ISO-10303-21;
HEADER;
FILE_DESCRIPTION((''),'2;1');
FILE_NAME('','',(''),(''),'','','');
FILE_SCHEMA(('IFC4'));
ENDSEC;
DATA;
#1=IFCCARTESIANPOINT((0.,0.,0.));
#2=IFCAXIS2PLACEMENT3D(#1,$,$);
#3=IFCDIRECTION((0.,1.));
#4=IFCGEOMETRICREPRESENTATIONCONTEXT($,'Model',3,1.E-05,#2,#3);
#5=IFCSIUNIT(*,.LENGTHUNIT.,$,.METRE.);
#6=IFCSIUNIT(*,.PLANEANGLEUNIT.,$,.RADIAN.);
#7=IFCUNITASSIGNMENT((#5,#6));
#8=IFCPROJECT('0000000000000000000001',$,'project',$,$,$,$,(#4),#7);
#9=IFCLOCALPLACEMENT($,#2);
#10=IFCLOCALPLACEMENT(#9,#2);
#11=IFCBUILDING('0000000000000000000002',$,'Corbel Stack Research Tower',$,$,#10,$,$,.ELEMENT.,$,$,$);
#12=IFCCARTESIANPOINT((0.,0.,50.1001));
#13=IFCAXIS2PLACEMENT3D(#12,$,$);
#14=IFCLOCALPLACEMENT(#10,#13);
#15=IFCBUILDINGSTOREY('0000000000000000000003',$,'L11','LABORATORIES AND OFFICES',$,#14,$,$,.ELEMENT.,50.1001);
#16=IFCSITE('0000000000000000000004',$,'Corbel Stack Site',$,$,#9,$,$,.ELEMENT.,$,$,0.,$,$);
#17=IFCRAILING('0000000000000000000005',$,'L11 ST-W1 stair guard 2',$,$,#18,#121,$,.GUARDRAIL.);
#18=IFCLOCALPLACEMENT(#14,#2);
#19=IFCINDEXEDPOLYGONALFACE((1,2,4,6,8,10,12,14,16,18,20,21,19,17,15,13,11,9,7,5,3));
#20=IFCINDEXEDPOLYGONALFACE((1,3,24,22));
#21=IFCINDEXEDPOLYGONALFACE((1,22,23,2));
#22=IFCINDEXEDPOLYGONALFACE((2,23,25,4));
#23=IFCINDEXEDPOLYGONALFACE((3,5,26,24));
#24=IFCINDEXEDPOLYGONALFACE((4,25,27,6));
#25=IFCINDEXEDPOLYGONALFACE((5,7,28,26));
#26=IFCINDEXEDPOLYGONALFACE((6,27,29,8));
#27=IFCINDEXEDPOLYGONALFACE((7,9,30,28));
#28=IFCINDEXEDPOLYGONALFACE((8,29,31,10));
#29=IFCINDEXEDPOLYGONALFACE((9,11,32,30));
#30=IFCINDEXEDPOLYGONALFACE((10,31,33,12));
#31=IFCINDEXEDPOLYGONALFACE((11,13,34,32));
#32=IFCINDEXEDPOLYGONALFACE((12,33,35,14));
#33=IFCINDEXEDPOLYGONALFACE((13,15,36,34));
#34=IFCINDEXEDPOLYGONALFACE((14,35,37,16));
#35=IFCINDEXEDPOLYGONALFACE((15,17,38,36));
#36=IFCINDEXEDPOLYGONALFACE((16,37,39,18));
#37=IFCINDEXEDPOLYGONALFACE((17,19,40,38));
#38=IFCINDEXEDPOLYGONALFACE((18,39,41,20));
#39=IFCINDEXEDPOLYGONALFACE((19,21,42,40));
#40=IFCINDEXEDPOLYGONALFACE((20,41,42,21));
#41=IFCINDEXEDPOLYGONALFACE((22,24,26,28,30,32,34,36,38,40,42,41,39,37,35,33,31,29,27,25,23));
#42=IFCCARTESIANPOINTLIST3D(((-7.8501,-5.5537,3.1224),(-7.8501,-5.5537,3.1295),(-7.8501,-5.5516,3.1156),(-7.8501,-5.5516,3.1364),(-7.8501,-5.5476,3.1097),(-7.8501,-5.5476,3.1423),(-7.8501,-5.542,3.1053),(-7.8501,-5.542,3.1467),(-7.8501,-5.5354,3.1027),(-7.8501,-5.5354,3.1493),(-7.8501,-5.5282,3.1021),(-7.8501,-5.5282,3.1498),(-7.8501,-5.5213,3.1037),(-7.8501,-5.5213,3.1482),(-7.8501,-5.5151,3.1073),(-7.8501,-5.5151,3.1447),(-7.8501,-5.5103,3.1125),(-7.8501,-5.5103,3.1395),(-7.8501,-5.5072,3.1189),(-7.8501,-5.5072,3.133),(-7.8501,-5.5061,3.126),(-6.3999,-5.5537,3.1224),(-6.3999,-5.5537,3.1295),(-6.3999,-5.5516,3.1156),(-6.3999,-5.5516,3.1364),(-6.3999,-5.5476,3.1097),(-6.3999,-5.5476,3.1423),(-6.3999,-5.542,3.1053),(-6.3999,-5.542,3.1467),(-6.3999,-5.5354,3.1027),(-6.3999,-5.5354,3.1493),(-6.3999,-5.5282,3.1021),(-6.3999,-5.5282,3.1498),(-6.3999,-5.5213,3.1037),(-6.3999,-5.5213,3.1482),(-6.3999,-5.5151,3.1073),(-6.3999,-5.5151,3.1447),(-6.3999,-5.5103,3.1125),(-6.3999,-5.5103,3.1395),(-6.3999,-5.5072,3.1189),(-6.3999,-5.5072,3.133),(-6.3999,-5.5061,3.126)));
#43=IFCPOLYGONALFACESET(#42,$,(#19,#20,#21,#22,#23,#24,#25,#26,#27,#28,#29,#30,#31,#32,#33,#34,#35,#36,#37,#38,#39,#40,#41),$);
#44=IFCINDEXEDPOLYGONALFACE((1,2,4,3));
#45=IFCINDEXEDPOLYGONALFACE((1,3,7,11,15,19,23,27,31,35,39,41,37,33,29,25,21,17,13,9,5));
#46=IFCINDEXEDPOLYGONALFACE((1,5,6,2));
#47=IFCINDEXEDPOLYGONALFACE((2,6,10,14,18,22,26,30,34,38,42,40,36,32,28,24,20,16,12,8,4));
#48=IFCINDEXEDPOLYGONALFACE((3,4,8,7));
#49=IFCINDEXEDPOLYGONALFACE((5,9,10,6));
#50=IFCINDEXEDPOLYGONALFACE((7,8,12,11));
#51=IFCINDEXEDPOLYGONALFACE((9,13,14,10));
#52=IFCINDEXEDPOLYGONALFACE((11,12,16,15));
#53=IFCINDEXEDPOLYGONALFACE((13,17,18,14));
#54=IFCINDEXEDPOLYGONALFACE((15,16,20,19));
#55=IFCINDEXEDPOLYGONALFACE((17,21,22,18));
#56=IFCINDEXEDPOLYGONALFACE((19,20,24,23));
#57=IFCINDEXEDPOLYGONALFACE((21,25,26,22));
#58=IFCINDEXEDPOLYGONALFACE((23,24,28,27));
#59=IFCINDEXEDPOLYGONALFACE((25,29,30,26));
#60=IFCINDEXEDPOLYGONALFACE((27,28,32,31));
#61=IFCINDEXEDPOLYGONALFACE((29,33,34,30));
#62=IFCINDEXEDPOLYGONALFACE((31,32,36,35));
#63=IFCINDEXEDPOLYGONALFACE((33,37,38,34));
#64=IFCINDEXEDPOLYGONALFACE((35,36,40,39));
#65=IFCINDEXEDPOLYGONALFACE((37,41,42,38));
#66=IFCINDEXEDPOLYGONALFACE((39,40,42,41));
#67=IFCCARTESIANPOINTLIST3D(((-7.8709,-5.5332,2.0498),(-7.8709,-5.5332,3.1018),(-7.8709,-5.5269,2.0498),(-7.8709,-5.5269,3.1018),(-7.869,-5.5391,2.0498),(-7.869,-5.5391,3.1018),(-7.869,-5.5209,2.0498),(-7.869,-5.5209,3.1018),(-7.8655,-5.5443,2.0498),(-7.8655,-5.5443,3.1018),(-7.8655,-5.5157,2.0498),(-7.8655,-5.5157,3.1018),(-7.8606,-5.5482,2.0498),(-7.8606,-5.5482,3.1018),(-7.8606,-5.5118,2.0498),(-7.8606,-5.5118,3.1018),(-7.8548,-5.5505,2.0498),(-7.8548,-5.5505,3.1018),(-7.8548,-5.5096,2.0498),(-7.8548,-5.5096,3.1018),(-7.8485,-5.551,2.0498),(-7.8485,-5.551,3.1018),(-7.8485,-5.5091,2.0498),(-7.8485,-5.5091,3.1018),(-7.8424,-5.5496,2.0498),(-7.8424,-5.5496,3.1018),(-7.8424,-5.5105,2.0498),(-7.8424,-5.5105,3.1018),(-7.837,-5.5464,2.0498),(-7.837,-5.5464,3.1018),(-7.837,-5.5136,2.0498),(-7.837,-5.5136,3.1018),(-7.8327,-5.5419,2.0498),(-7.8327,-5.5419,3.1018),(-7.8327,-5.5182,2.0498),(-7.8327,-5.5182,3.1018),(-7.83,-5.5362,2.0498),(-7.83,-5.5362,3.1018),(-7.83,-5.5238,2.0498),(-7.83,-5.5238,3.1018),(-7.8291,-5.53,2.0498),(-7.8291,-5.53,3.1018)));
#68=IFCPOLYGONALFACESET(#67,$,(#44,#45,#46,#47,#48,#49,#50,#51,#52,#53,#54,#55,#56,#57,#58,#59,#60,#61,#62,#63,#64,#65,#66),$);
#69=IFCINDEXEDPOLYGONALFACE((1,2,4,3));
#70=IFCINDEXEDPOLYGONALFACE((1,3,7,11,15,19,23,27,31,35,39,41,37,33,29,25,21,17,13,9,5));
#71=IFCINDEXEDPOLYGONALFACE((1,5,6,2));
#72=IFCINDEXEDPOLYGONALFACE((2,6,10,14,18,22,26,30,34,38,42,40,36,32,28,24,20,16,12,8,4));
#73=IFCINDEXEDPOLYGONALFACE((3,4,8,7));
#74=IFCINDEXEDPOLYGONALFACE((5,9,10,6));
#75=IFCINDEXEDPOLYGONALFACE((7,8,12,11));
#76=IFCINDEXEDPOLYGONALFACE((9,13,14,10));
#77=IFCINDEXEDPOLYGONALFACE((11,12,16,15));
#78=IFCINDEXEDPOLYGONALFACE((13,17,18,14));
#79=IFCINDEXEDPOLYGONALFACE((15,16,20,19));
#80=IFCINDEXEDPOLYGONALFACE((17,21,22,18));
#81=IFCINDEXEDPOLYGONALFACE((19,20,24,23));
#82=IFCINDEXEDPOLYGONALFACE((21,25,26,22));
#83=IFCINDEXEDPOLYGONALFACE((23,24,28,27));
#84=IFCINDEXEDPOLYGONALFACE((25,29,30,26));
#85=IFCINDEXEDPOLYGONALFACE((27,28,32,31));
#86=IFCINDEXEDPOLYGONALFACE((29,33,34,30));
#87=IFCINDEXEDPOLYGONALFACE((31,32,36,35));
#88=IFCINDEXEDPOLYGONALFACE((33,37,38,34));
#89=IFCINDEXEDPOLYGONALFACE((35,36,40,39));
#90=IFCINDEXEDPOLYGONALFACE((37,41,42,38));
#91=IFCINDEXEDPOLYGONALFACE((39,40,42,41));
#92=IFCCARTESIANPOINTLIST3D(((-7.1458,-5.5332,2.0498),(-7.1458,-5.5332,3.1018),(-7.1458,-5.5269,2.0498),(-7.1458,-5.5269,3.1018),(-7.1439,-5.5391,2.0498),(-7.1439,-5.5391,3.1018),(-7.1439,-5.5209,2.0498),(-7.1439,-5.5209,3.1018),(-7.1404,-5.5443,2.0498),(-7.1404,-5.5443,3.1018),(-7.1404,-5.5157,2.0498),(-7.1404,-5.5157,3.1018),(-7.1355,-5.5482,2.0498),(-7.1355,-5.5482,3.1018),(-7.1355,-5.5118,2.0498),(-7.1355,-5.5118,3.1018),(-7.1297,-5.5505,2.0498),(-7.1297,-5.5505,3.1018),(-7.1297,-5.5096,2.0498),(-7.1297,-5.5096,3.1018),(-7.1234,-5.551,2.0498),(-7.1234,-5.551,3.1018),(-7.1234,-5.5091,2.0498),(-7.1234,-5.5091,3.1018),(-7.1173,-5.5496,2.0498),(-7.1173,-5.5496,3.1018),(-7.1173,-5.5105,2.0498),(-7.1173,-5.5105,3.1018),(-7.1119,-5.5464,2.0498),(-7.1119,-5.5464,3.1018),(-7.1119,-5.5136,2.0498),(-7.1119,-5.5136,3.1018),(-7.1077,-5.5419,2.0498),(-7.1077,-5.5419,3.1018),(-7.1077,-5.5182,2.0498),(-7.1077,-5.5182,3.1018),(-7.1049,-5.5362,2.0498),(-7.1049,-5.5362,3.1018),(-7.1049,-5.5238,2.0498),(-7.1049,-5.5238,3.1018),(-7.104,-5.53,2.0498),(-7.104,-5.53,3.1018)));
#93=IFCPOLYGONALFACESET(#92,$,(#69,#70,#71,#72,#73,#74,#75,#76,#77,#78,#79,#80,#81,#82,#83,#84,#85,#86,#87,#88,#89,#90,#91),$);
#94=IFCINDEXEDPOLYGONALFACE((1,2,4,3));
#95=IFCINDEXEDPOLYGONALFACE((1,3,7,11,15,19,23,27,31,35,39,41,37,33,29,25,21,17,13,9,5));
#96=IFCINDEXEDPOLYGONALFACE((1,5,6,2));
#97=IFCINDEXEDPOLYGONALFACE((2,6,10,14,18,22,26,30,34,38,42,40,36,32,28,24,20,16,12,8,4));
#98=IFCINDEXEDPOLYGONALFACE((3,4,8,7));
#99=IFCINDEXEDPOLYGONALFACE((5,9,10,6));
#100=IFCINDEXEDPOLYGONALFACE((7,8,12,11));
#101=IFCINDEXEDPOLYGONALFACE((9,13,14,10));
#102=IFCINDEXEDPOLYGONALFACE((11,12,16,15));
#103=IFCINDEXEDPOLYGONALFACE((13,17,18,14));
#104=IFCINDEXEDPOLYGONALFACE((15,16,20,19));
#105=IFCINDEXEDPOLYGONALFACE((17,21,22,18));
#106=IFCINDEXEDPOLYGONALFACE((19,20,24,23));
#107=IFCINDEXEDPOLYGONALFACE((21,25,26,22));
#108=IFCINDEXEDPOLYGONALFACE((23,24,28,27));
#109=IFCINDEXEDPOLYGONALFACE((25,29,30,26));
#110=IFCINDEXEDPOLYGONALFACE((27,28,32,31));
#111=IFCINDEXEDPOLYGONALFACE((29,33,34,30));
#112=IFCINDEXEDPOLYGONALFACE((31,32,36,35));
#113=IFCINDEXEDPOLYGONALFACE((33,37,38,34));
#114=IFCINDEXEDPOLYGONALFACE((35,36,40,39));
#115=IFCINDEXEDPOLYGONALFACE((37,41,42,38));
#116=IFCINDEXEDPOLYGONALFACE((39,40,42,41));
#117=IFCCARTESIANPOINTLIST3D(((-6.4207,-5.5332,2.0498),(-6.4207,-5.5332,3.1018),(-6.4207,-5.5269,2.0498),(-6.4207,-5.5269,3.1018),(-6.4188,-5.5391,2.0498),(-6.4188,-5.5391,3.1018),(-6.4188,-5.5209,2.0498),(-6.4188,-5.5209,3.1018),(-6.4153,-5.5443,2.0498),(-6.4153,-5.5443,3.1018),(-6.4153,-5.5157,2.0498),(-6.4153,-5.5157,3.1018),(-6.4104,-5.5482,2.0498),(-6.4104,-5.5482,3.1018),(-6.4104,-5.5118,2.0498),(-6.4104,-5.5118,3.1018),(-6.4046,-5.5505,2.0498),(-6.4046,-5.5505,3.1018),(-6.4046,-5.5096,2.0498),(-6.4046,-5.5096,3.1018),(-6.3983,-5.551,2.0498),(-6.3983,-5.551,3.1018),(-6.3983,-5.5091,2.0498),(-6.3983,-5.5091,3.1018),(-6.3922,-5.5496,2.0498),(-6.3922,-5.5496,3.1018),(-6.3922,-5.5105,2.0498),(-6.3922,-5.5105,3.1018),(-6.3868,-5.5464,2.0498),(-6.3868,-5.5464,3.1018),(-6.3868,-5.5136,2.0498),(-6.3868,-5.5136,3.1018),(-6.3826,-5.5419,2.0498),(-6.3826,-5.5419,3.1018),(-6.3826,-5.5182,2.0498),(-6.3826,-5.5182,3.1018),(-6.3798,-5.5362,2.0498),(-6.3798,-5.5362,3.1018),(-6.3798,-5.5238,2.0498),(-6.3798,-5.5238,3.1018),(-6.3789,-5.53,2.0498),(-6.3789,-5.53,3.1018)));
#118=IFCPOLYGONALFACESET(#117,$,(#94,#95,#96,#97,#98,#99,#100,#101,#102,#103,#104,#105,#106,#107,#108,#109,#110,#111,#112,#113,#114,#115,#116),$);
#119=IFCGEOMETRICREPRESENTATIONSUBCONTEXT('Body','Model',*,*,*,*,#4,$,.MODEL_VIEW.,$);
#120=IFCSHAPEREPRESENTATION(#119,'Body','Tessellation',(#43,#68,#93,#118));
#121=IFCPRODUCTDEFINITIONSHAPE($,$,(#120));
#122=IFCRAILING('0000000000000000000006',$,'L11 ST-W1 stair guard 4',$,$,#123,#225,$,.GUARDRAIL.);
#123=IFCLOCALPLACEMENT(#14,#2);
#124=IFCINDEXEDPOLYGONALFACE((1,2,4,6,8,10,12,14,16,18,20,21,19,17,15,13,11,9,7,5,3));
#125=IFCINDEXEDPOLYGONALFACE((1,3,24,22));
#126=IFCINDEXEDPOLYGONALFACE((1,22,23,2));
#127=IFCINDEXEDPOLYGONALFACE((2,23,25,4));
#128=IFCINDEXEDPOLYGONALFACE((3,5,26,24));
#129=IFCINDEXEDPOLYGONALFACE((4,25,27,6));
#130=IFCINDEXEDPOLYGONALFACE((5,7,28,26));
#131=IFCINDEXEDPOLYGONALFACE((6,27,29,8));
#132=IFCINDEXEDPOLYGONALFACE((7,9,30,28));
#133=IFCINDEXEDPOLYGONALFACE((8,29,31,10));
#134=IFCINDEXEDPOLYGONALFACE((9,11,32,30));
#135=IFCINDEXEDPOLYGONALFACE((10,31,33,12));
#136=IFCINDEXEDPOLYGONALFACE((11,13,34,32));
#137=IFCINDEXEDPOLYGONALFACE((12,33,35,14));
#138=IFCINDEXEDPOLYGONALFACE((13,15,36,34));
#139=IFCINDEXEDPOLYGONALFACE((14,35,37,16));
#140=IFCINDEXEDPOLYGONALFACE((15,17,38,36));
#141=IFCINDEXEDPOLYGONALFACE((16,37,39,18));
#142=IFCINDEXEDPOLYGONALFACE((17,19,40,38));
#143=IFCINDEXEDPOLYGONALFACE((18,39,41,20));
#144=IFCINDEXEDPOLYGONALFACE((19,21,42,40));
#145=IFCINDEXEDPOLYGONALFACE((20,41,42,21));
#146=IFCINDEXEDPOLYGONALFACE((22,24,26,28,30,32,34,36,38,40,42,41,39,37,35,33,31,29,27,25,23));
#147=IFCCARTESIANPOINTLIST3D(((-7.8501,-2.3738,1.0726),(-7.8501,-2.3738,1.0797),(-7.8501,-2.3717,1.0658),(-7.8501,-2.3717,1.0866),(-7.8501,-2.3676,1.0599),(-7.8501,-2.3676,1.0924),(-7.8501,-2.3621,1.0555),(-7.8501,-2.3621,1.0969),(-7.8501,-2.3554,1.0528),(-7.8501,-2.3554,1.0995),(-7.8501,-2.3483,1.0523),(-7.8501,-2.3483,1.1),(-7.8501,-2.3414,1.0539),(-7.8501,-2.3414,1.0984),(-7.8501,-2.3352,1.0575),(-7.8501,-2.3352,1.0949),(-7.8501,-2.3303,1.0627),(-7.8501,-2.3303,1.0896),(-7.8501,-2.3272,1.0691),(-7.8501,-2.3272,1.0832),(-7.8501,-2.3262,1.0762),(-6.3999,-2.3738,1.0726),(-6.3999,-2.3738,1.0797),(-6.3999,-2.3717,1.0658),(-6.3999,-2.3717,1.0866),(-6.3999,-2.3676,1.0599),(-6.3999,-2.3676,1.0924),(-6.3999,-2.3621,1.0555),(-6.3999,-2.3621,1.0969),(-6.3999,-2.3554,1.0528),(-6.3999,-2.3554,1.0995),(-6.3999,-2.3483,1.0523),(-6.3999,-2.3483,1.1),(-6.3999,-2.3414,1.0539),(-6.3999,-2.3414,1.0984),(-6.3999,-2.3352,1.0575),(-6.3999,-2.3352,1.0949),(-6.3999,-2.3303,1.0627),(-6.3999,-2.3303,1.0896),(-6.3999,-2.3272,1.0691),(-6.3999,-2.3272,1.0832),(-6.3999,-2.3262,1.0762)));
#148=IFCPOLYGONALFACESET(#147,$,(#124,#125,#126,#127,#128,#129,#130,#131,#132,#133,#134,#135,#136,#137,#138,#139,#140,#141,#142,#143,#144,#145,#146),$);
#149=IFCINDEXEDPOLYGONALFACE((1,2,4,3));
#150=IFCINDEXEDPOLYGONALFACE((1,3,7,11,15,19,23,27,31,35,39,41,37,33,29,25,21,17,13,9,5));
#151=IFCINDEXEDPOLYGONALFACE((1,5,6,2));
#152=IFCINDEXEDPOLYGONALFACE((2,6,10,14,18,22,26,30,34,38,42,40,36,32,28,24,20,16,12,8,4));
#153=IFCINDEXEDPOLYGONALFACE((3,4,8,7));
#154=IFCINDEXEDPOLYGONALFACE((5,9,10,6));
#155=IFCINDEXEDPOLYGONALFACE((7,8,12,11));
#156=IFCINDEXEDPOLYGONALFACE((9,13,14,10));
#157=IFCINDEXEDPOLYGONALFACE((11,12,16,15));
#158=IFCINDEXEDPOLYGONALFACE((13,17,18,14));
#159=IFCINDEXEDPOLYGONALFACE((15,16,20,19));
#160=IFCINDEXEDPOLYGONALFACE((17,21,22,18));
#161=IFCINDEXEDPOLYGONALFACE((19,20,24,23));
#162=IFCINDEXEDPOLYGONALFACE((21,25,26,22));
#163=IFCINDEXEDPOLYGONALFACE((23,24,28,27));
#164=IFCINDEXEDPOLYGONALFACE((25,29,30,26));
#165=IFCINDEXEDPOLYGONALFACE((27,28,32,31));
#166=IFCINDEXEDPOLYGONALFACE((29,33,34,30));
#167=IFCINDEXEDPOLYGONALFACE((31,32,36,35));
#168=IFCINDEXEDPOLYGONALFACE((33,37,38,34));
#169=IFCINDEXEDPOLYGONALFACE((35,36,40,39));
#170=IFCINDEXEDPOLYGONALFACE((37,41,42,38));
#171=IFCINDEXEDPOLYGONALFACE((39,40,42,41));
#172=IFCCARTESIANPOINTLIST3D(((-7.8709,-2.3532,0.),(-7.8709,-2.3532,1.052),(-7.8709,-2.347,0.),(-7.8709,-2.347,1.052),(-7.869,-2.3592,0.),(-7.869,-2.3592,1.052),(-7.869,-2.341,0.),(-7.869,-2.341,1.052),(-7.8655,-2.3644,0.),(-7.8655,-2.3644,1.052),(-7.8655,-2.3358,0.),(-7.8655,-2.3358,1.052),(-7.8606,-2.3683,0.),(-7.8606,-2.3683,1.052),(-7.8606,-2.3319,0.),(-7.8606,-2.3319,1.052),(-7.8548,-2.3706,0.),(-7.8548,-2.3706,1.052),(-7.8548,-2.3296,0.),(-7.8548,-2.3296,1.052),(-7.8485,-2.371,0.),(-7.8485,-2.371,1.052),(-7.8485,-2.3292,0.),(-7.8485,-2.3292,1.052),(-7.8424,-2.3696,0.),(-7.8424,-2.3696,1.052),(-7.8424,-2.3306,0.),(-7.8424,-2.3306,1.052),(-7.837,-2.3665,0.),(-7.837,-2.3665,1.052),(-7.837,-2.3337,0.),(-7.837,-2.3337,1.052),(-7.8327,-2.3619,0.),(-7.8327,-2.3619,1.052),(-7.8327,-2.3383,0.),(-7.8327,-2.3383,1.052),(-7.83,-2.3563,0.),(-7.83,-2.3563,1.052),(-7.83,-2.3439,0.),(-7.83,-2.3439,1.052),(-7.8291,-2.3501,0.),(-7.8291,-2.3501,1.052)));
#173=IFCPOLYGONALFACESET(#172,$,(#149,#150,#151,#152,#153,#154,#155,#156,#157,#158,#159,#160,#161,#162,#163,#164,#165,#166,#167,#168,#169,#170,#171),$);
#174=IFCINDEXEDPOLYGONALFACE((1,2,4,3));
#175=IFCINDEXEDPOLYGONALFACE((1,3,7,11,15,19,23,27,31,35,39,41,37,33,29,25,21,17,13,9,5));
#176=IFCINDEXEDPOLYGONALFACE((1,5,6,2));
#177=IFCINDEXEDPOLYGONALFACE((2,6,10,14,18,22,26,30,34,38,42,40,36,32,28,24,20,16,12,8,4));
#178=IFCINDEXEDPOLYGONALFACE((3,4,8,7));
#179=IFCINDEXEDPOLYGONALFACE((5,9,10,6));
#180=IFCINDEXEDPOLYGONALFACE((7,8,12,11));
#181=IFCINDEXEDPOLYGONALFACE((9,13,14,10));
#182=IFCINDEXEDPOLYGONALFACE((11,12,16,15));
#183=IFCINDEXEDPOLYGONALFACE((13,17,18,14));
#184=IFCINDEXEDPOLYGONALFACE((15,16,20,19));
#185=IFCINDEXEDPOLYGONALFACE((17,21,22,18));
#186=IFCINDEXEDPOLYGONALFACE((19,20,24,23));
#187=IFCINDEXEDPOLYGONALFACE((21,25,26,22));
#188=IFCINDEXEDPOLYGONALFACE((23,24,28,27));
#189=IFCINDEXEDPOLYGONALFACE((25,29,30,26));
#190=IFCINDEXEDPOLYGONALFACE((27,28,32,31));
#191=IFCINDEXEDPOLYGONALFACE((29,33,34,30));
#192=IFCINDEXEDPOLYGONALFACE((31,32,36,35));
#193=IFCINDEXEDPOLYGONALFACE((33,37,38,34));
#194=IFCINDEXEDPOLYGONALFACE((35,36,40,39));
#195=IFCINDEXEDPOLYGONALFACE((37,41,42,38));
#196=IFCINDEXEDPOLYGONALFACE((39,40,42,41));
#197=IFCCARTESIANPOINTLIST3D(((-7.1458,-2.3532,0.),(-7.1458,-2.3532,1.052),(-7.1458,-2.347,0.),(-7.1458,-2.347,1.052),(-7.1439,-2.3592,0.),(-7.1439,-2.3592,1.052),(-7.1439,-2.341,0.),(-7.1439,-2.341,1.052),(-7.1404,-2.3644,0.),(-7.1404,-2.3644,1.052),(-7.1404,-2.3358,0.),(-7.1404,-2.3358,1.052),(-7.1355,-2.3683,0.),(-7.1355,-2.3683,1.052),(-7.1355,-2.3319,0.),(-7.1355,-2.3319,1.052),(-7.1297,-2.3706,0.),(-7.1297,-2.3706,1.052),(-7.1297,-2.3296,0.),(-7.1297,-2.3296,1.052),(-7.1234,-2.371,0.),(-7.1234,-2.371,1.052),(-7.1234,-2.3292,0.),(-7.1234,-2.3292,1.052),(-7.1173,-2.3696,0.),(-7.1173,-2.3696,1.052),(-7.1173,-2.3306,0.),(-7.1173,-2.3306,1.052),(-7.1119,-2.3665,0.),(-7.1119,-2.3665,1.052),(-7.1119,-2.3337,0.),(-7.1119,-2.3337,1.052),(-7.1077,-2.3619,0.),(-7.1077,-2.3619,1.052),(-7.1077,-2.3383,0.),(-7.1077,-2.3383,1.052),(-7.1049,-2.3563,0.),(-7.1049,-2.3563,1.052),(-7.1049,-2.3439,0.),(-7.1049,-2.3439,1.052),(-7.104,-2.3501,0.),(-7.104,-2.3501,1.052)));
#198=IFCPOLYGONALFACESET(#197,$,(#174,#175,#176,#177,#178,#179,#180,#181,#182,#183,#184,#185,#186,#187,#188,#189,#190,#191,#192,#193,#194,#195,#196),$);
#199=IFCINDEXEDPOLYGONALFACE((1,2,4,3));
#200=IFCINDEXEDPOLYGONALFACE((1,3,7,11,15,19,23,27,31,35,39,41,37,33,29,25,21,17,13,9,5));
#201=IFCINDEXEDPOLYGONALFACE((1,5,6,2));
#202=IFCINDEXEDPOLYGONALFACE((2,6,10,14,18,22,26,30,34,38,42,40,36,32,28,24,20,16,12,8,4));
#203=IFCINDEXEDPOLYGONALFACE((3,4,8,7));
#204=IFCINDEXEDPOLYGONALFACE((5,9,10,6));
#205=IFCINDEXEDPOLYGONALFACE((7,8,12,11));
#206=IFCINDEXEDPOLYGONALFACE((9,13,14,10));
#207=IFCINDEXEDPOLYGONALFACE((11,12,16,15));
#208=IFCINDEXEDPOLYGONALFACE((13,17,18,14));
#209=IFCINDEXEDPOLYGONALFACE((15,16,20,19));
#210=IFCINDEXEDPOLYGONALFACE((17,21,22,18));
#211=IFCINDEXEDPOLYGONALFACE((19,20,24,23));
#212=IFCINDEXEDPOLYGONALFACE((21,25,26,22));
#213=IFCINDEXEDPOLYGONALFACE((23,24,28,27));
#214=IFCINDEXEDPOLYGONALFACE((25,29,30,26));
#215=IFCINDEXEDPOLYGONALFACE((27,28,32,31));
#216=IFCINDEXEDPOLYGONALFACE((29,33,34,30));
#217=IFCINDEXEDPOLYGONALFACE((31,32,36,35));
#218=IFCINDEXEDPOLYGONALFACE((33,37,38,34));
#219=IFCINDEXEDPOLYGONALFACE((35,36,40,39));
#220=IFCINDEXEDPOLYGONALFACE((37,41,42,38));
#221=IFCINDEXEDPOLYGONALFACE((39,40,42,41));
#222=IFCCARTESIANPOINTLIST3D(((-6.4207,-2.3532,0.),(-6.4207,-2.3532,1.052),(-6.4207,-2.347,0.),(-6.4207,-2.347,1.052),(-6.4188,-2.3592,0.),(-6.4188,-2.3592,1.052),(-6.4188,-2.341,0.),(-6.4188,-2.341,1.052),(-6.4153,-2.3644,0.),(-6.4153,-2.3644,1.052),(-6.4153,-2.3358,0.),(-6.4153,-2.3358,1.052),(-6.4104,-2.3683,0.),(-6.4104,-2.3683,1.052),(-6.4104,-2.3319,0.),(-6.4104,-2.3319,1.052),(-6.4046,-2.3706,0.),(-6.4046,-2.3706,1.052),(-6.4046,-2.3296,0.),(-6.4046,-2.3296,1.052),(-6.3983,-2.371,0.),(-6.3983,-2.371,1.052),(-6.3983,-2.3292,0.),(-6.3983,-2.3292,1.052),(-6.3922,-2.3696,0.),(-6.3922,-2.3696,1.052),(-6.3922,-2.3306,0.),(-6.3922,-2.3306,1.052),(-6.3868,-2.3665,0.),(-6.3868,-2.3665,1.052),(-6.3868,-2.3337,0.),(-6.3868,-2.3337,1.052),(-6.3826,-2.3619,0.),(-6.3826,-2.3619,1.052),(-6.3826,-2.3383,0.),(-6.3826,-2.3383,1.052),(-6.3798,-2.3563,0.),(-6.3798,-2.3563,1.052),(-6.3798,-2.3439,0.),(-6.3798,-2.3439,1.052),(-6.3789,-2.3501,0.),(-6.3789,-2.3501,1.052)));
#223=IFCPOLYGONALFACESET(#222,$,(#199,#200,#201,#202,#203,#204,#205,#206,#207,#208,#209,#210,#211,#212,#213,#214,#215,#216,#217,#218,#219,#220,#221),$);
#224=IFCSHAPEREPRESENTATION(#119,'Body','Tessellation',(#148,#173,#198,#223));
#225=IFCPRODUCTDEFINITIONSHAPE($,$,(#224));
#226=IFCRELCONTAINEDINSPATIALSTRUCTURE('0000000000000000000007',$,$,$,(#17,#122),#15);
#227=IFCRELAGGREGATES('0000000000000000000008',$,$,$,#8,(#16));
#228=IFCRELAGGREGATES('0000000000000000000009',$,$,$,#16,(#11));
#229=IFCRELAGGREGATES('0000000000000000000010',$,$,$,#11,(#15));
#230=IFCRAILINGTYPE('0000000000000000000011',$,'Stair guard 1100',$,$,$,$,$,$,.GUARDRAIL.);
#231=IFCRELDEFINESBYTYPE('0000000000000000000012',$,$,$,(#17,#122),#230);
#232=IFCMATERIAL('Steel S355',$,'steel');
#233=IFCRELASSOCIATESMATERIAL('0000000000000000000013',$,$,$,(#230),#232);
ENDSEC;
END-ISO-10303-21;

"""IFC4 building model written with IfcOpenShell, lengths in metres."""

from ifc_helpers import new_model, si_unit, direction, frame, origin, origin_2d, place, context, subcontext, project, spatial, circle, extrude, material, type_object, element, save


model = new_model("IFC4")

# Units and contexts
model_context = context("Model", 3, precision=1e-05, world=origin(), true_north=direction((0.0, 1.0)))
body_context = subcontext(model_context, "Body", "Model", "MODEL_VIEW")
ifc_project = project(units=[si_unit("LENGTHUNIT", "METRE"), si_unit("PLANEANGLEUNIT", "RADIAN")], contexts=[model_context])

# Site, building, storey
site_placement = place(None, origin())
site = spatial("IfcSite", under=ifc_project, at=site_placement, Name="Corbel Stack Site", CompositionType="ELEMENT", RefElevation=0.0)
building_placement = place(site_placement, origin())
building = spatial("IfcBuilding", under=site, at=building_placement, Name="Corbel Stack Research Tower", CompositionType="ELEMENT")
storey_placement = place(building_placement, frame((0.0, 0.0, 50.1001)))
storey = spatial("IfcBuildingStorey", under=building, at=storey_placement, Name="L11", Description="LABORATORIES AND OFFICES", CompositionType="ELEMENT", Elevation=50.1001)

# Railings
ifc_material_1 = material(Name="Steel S355", Category="steel")
railing_type_1 = type_object("IfcRailingType", Name="Stair guard 1100", PredefinedType="GUARDRAIL", material=ifc_material_1)
for number, where, name in (
    (1, (-7.8501, -5.53, 2.0498), "L11 ST-W1 stair guard 2"),
    (2, (-7.8501, -2.3501, 0.0), "L11 ST-W1 stair guard 4"),
):
    element("IfcRailing", number, at=place(storey_placement, frame(where)), inside=storey, type_object=railing_type_1, Name=name, PredefinedType="GUARDRAIL", context=body_context, shape_type="SweptSolid", body=[
        extrude(circle(Radius=0.0239, at=origin_2d()), frame((0.0, 0.0, 1.0762), z_axis=(1.0, 0.0, 0.0), x_axis=(0.0, 1.0, 0.0)), (0.0, 0.0, 1.0), 1.4502),
        extrude(circle(Radius=0.021, at=origin_2d()), origin(), (0.0, 0.0, 1.0), 1.052),
        extrude(circle(Radius=0.021, at=origin_2d()), frame((0.7251, 0.0, 0.0)), (0.0, 0.0, 1.0), 1.052),
        extrude(circle(Radius=0.021, at=origin_2d()), frame((1.4502, 0.0, 0.0)), (0.0, 0.0, 1.0), 1.052),
    ])

save(model, "model.ifc")
